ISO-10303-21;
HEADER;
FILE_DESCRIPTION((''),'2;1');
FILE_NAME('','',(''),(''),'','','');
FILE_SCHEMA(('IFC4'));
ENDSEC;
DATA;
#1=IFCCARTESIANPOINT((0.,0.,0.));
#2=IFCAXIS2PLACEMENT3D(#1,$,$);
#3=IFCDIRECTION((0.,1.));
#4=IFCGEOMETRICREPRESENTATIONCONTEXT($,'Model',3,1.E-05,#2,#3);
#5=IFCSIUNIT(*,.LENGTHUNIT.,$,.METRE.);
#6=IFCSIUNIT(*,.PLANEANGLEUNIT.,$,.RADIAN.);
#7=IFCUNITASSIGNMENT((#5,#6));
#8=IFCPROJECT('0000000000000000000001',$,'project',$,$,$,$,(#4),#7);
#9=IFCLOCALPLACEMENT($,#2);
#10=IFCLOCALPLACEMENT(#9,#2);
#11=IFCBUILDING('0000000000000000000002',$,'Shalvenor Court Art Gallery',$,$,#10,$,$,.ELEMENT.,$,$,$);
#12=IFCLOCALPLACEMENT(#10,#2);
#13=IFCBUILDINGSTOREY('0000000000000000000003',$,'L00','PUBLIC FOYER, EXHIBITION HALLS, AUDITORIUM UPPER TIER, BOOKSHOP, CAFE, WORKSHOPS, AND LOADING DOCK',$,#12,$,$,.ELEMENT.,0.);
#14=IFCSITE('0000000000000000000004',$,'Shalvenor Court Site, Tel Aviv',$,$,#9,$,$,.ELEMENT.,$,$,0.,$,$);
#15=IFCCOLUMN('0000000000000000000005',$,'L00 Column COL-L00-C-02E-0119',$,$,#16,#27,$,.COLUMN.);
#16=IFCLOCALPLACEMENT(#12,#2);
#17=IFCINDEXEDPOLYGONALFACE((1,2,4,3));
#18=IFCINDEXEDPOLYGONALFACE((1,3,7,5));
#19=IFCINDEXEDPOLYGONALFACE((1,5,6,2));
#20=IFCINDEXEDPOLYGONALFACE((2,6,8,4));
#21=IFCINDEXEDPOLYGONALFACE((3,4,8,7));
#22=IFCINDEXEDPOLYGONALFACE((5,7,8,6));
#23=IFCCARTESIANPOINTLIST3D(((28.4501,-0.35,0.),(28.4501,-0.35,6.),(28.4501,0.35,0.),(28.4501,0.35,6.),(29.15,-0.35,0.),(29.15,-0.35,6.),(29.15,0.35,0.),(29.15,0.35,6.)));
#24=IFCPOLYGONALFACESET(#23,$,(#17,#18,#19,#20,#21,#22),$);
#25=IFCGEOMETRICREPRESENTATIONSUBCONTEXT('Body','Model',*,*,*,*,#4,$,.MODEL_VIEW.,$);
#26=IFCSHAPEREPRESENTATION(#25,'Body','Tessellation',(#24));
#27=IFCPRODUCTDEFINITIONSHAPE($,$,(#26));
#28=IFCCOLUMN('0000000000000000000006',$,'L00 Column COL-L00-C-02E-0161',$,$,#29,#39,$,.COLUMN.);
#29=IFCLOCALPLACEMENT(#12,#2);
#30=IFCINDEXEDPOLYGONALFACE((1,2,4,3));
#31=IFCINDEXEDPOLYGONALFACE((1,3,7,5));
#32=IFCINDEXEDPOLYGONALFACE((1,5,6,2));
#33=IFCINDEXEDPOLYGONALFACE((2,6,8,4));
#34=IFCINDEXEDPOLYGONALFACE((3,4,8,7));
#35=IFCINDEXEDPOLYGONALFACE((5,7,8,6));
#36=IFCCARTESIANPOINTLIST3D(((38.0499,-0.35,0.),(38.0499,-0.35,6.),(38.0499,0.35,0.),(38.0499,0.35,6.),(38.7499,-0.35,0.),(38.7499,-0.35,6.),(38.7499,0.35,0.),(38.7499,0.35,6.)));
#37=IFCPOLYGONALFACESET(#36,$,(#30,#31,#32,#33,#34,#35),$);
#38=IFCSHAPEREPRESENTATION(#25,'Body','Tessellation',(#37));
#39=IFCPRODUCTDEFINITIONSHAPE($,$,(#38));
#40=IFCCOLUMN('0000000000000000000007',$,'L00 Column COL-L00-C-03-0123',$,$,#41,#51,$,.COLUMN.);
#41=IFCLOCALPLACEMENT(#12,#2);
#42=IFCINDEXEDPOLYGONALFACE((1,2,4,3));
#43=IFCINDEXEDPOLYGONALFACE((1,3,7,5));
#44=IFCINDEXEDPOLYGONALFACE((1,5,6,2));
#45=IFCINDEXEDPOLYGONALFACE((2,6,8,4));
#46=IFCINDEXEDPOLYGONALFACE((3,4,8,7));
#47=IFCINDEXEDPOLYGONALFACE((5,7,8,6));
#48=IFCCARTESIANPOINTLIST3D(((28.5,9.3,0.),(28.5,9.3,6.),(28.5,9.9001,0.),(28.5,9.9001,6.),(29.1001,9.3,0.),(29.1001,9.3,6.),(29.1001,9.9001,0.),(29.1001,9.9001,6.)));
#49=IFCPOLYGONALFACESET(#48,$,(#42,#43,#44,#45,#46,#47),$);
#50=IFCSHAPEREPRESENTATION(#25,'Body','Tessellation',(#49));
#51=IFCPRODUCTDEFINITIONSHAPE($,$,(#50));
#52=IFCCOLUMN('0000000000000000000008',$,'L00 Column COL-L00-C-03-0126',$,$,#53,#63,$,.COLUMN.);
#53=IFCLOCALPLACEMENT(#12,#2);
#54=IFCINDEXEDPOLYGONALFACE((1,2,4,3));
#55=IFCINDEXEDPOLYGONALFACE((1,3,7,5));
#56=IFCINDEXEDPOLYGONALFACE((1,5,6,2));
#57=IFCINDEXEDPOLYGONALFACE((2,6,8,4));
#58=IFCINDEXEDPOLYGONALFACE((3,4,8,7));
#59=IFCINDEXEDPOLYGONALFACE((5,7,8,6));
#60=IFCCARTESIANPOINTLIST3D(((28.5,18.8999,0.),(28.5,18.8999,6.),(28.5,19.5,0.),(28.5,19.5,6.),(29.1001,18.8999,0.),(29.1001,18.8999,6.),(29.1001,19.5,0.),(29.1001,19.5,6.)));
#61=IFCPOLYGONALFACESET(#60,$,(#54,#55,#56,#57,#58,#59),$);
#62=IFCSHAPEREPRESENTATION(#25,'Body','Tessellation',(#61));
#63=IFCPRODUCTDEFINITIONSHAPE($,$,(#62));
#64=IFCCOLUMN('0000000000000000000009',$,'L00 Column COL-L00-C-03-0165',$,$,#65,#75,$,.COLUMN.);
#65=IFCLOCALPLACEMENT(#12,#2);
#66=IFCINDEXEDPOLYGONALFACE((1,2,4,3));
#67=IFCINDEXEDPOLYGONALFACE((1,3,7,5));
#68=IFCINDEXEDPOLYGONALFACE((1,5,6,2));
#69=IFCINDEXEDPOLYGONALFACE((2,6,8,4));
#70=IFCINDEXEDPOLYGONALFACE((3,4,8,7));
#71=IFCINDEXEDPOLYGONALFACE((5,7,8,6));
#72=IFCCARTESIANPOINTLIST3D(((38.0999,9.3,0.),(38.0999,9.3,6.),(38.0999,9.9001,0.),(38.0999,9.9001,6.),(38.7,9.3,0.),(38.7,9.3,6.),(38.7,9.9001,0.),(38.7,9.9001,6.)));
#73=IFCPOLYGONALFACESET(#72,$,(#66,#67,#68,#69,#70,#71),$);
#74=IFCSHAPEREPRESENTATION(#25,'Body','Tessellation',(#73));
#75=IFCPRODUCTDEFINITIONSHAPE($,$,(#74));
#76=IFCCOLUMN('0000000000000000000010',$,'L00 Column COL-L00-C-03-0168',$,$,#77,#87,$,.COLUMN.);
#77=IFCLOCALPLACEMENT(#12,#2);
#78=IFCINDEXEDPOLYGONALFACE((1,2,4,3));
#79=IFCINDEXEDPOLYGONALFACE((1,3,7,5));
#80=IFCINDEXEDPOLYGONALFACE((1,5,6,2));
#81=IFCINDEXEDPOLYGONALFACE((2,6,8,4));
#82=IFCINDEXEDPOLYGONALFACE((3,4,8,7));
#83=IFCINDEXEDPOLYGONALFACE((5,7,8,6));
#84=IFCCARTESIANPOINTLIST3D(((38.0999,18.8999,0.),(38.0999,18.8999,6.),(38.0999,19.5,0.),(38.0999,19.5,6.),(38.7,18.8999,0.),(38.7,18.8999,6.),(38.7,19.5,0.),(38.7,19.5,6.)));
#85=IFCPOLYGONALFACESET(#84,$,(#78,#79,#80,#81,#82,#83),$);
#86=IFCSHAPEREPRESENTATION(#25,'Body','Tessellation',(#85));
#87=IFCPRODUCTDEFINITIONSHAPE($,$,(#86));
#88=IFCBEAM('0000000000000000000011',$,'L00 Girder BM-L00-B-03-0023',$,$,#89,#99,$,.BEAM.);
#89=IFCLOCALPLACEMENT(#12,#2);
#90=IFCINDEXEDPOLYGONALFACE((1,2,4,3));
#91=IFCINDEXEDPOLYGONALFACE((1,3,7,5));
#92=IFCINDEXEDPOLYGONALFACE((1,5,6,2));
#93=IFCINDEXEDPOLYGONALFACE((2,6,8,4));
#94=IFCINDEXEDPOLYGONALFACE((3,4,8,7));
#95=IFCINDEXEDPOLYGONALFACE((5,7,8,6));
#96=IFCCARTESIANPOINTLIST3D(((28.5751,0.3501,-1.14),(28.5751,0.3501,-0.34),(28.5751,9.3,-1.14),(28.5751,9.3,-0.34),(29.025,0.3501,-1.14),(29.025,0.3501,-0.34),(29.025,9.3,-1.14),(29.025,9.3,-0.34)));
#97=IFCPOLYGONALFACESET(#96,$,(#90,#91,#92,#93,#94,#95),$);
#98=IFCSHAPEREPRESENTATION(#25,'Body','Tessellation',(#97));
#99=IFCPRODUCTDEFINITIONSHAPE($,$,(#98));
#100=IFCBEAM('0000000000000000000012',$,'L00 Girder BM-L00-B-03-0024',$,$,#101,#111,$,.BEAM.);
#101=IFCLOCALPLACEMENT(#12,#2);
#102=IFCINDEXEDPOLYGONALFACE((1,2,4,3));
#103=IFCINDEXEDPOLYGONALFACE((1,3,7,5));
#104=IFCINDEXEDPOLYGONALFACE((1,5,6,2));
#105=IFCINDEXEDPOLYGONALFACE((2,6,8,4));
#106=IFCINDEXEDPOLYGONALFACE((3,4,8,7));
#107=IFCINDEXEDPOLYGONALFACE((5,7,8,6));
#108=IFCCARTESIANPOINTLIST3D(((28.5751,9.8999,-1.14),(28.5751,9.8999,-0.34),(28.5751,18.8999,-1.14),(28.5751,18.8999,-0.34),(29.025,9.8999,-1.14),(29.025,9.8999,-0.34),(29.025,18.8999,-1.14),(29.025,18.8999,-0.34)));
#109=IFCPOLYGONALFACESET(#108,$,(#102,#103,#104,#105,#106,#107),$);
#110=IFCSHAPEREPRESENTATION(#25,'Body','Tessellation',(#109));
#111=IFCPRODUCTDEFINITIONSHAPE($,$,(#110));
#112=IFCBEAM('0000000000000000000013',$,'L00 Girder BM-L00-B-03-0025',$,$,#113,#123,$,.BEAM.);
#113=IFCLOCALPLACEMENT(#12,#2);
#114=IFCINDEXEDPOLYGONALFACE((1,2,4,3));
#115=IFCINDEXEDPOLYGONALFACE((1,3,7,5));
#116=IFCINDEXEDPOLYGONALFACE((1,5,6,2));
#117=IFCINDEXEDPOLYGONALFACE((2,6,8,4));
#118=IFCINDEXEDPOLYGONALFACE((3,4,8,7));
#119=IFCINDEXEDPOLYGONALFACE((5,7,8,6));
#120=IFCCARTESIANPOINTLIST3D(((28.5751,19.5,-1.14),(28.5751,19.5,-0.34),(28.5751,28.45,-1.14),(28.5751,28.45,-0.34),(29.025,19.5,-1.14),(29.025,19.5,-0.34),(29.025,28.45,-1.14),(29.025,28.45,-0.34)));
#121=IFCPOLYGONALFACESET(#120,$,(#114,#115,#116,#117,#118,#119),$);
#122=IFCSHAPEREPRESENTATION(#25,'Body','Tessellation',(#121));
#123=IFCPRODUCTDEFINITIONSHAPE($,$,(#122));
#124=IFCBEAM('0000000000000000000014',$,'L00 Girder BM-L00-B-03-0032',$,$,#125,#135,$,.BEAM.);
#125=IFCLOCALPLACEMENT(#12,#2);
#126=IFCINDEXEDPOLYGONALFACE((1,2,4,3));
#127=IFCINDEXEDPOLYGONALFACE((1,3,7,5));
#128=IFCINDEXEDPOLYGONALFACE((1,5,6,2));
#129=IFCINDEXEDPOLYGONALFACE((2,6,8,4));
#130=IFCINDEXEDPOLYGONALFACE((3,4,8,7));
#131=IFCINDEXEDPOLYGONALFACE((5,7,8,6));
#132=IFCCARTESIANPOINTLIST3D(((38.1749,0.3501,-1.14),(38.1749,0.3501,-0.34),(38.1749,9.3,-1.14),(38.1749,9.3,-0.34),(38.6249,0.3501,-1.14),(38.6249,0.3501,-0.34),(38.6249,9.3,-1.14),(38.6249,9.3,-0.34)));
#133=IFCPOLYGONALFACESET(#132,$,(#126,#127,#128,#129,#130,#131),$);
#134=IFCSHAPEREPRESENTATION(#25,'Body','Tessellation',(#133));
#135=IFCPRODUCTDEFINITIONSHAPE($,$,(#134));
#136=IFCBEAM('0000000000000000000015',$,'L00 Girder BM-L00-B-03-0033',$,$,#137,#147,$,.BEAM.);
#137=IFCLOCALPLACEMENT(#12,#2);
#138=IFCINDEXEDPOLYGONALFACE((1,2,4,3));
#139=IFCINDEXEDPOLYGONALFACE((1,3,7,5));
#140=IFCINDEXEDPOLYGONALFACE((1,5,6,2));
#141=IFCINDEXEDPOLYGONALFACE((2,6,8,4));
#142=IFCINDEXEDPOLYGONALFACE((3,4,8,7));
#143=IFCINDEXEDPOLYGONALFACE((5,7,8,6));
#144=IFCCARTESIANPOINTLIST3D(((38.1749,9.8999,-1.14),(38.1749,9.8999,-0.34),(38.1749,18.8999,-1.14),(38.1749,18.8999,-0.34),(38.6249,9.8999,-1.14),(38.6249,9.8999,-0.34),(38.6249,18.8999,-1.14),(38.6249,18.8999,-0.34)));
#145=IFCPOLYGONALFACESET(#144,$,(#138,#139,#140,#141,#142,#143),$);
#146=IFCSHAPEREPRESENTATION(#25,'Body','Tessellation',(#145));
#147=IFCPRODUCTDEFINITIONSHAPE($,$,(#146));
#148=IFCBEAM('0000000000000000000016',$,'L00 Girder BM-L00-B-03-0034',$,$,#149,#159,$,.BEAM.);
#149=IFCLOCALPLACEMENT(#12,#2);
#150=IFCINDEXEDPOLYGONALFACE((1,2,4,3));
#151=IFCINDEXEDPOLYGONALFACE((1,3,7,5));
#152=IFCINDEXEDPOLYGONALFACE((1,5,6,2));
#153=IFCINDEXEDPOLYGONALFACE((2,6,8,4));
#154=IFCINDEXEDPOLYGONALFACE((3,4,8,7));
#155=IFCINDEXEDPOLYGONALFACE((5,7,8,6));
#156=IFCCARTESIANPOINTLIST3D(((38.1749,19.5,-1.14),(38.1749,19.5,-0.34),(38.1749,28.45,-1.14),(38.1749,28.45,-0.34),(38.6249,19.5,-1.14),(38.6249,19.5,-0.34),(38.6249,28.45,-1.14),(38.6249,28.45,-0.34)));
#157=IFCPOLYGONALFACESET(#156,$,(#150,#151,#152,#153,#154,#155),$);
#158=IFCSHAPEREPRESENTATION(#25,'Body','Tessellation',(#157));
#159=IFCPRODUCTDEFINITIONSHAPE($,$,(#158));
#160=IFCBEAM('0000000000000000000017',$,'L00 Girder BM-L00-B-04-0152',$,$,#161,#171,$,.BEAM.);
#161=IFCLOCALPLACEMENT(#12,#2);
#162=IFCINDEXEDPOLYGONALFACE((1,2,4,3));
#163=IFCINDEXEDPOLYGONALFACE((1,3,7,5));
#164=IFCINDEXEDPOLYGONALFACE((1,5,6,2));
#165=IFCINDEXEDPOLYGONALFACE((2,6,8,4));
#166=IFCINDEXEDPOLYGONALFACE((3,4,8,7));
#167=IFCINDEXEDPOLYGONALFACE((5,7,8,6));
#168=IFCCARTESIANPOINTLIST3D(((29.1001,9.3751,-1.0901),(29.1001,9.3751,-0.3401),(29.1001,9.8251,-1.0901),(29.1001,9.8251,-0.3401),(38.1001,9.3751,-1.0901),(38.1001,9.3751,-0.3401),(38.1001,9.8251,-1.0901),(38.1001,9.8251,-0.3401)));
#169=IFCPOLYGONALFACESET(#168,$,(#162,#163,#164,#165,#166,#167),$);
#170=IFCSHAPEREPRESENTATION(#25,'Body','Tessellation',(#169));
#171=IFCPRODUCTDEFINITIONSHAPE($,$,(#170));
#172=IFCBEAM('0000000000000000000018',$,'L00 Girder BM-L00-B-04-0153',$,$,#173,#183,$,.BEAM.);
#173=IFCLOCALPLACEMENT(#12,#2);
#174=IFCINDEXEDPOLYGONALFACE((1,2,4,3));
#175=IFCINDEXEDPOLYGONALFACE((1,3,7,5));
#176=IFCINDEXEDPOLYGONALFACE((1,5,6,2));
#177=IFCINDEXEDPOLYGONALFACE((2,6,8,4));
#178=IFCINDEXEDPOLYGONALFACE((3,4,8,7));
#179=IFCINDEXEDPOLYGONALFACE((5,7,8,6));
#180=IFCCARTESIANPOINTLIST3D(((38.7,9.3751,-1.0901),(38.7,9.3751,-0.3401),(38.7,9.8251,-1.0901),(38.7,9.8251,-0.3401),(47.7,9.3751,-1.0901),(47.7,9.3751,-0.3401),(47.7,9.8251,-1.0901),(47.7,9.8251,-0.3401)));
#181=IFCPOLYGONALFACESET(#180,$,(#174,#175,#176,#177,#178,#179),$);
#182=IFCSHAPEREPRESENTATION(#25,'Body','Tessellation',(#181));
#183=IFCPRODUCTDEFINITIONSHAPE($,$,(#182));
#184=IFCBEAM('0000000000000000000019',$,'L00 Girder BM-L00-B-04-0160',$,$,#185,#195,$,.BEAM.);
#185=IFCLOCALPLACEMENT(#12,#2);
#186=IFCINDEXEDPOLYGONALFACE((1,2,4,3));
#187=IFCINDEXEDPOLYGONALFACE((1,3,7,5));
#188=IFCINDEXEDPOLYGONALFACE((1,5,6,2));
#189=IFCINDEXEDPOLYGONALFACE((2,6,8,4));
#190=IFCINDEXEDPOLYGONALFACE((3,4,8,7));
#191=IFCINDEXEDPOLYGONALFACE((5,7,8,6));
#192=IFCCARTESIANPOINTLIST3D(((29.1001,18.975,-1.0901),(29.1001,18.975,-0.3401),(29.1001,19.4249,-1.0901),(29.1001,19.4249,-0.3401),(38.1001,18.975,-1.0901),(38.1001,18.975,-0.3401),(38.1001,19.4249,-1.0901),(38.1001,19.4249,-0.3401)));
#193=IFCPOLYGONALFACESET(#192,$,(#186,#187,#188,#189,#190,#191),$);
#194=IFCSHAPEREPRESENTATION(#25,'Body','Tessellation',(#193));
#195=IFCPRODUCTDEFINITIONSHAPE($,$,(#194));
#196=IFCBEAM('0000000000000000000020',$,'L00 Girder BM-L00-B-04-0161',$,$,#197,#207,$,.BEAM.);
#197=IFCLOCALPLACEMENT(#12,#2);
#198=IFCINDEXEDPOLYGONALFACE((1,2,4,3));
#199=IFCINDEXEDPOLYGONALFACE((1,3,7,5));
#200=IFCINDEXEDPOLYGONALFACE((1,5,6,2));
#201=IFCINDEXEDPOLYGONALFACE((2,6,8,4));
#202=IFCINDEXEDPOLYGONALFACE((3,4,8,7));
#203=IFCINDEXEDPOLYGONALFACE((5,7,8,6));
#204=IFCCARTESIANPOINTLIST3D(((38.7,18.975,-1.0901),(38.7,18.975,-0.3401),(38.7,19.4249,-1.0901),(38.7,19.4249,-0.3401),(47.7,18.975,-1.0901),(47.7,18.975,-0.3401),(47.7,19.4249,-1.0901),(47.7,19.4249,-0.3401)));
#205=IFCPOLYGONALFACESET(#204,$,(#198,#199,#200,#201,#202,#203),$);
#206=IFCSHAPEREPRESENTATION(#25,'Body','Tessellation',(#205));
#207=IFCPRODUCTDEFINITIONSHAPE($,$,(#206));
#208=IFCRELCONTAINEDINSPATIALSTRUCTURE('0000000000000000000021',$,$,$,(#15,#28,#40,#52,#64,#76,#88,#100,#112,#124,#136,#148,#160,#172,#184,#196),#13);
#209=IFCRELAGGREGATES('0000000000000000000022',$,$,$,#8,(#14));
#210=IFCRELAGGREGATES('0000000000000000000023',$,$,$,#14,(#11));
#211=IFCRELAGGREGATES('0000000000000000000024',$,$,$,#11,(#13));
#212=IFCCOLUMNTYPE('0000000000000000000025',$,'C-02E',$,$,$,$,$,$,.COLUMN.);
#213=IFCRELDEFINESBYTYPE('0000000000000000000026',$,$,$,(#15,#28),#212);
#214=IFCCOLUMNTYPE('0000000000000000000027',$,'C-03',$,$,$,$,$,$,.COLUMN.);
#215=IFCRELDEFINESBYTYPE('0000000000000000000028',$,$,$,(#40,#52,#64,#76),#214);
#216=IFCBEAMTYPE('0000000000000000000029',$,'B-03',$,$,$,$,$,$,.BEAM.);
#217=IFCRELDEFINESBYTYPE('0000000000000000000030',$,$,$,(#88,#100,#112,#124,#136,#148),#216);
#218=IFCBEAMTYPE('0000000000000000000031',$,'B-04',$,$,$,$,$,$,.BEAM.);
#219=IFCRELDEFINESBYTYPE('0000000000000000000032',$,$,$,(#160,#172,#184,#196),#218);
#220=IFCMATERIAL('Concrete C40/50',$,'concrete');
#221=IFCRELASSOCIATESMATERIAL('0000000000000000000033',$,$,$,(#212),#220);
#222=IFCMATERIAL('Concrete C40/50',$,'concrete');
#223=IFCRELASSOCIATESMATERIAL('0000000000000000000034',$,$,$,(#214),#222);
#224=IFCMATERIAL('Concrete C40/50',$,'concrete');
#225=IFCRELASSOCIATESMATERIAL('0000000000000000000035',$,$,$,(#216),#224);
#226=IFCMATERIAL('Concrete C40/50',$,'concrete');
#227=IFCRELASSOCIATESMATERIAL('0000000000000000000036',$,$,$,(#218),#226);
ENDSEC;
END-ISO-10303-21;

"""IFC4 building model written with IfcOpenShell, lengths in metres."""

from ifc_helpers import new_model, si_unit, direction, frame, origin, origin_2d, place, context, subcontext, project, spatial, rectangle, extrude, material, material_profile, profile_set, type_object, element, save


model = new_model("IFC4")

# Units and contexts
model_context = context("Model", 3, precision=1e-05, world=origin(), true_north=direction((0.0, 1.0)))
body_context = subcontext(model_context, "Body", "Model", "MODEL_VIEW")
ifc_project = project(units=[si_unit("LENGTHUNIT", "METRE"), si_unit("PLANEANGLEUNIT", "RADIAN")], contexts=[model_context])

# Site, building, storey
site_placement = place(None, origin())
site = spatial("IfcSite", under=ifc_project, at=site_placement, Name="Shalvenor Court Site, Tel Aviv", CompositionType="ELEMENT", RefElevation=0.0)
building_placement = place(site_placement, origin())
building = spatial("IfcBuilding", under=site, at=building_placement, Name="Shalvenor Court Art Gallery", CompositionType="ELEMENT")
storey_placement = place(building_placement, origin())
storey = spatial("IfcBuildingStorey", under=building, at=storey_placement, Name="L00", Description="PUBLIC FOYER, EXHIBITION HALLS, AUDITORIUM UPPER TIER, BOOKSHOP, CAFE, WORKSHOPS, AND LOADING DOCK", CompositionType="ELEMENT", Elevation=0.0)

# Columns
ifc_material_1 = material(Name="Concrete C40/50", Category="concrete")
ifc_material_profile_1 = material_profile(ifc_material_1, rectangle(XDim=0.7, YDim=0.7, at=origin_2d()), Name="RC 700x700")
ifc_profile_set_1 = profile_set([ifc_material_profile_1], Name="Concrete C40/50")
column_type_1 = type_object("IfcColumnType", Name="C-02E", PredefinedType="COLUMN", material=ifc_profile_set_1)
for number, where, z_axis, x_axis, name in (
    (1, (28.8, 0.0, 0.0), (0.0, 0.0, 1.0), (1.0, 0.0, 0.0), "L00 Column COL-L00-C-02E-0119"),
    (2, (38.3999, 0.0, 0.0), (0.0, 0.0, 1.0), (1.0, 0.0, 0.0), "L00 Column COL-L00-C-02E-0161"),
):
    element("IfcColumn", number, at=place(storey_placement, frame(where, z_axis=z_axis, x_axis=x_axis)), inside=storey, type_object=column_type_1, Name=name, PredefinedType="COLUMN", context=body_context, shape_type="SweptSolid", body=[
        extrude(rectangle(XDim=0.7, YDim=0.7, at=origin_2d()), origin(), (0.0, 0.0, 1.0), 6.0),
    ])
ifc_material_2 = material(Name="Concrete C40/50", Category="concrete")
ifc_material_profile_2 = material_profile(ifc_material_2, rectangle(XDim=0.6001, YDim=0.6001, at=origin_2d()), Name="RC 600x600")
ifc_profile_set_2 = profile_set([ifc_material_profile_2], Name="Concrete C40/50")
column_type_2 = type_object("IfcColumnType", Name="C-03", PredefinedType="COLUMN", material=ifc_profile_set_2)
for number, where, z_axis, x_axis, name in (
    (3, (28.8, 9.6001, 0.0), (0.0, 0.0, 1.0), (1.0, 0.0, 0.0), "L00 Column COL-L00-C-03-0123"),
    (4, (28.8, 19.2, 0.0), (0.0, 0.0, 1.0), (1.0, 0.0, 0.0), "L00 Column COL-L00-C-03-0126"),
    (5, (38.3999, 9.6001, 0.0), (0.0, 0.0, 1.0), (1.0, 0.0, 0.0), "L00 Column COL-L00-C-03-0165"),
    (6, (38.3999, 19.2, 0.0), (0.0, 0.0, 1.0), (1.0, 0.0, 0.0), "L00 Column COL-L00-C-03-0168"),
):
    element("IfcColumn", number, at=place(storey_placement, frame(where, z_axis=z_axis, x_axis=x_axis)), inside=storey, type_object=column_type_2, Name=name, PredefinedType="COLUMN", context=body_context, shape_type="SweptSolid", body=[
        extrude(rectangle(XDim=0.6001, YDim=0.6001, at=origin_2d()), origin(), (0.0, 0.0, 1.0), 6.0),
    ])

# Beams
ifc_material_3 = material(Name="Concrete C40/50", Category="concrete")
ifc_material_profile_3 = material_profile(ifc_material_3, rectangle(XDim=0.45, YDim=0.8, at=origin_2d()), Name="RC 450x800")
ifc_profile_set_3 = profile_set([ifc_material_profile_3], Name="Concrete C40/50")
beam_type_1 = type_object("IfcBeamType", Name="B-03", PredefinedType="BEAM", material=ifc_profile_set_3)
beam_1_placement = place(storey_placement, frame((28.8, 0.3501, -0.74), z_axis=(0.0, 1.0, 0.0), x_axis=(-1.0, 0.0, 0.0)))
element("IfcBeam", 7, at=beam_1_placement, inside=storey, type_object=beam_type_1, Name="L00 Girder BM-L00-B-03-0023", PredefinedType="BEAM", context=body_context, shape_type="SweptSolid", body=[
    extrude(rectangle(XDim=0.45, YDim=0.8, at=origin_2d()), origin(), (0.0, 0.0, 1.0), 8.95),
])
beam_2_placement = place(storey_placement, frame((28.8, 9.8999, -0.74), z_axis=(0.0, 1.0, 0.0), x_axis=(-1.0, 0.0, 0.0)))
element("IfcBeam", 8, at=beam_2_placement, inside=storey, type_object=beam_type_1, Name="L00 Girder BM-L00-B-03-0024", PredefinedType="BEAM", context=body_context, shape_type="SweptSolid", body=[
    extrude(rectangle(XDim=0.45, YDim=0.8, at=origin_2d()), origin(), (0.0, 0.0, 1.0), 9.0),
])
for number, where, z_axis, x_axis, name in (
    (9, (28.8, 19.5, -0.74), (0.0, 1.0, 0.0), (-1.0, 0.0, 0.0), "L00 Girder BM-L00-B-03-0025"),
    (10, (38.3999, 0.3501, -0.74), (0.0, 1.0, 0.0), (-1.0, 0.0, 0.0), "L00 Girder BM-L00-B-03-0032"),
):
    element("IfcBeam", number, at=place(storey_placement, frame(where, z_axis=z_axis, x_axis=x_axis)), inside=storey, type_object=beam_type_1, Name=name, PredefinedType="BEAM", context=body_context, shape_type="SweptSolid", body=[
        extrude(rectangle(XDim=0.45, YDim=0.8, at=origin_2d()), origin(), (0.0, 0.0, 1.0), 8.95),
    ])
beam_3_placement = place(storey_placement, frame((38.3999, 9.8999, -0.74), z_axis=(0.0, 1.0, 0.0), x_axis=(-1.0, 0.0, 0.0)))
element("IfcBeam", 11, at=beam_3_placement, inside=storey, type_object=beam_type_1, Name="L00 Girder BM-L00-B-03-0033", PredefinedType="BEAM", context=body_context, shape_type="SweptSolid", body=[
    extrude(rectangle(XDim=0.45, YDim=0.8, at=origin_2d()), origin(), (0.0, 0.0, 1.0), 9.0),
])
beam_4_placement = place(storey_placement, frame((38.3999, 19.5, -0.74), z_axis=(0.0, 1.0, 0.0), x_axis=(-1.0, 0.0, 0.0)))
element("IfcBeam", 12, at=beam_4_placement, inside=storey, type_object=beam_type_1, Name="L00 Girder BM-L00-B-03-0034", PredefinedType="BEAM", context=body_context, shape_type="SweptSolid", body=[
    extrude(rectangle(XDim=0.45, YDim=0.8, at=origin_2d()), origin(), (0.0, 0.0, 1.0), 8.95),
])
ifc_material_4 = material(Name="Concrete C40/50", Category="concrete")
ifc_material_profile_4 = material_profile(ifc_material_4, rectangle(XDim=0.45, YDim=0.75, at=origin_2d()), Name="RC 450x750")
ifc_profile_set_4 = profile_set([ifc_material_profile_4], Name="Concrete C40/50")
beam_type_2 = type_object("IfcBeamType", Name="B-04", PredefinedType="BEAM", material=ifc_profile_set_4)
for number, where, z_axis, x_axis, name in (
    (13, (29.1001, 9.6001, -0.7151), (1.0, 0.0, 0.0), (0.0, 1.0, 0.0), "L00 Girder BM-L00-B-04-0152"),
    (14, (38.7, 9.6001, -0.7151), (1.0, 0.0, 0.0), (0.0, 1.0, 0.0), "L00 Girder BM-L00-B-04-0153"),
    (15, (29.1001, 19.2, -0.7151), (1.0, 0.0, 0.0), (0.0, 1.0, 0.0), "L00 Girder BM-L00-B-04-0160"),
    (16, (38.7, 19.2, -0.7151), (1.0, 0.0, 0.0), (0.0, 1.0, 0.0), "L00 Girder BM-L00-B-04-0161"),
):
    element("IfcBeam", number, at=place(storey_placement, frame(where, z_axis=z_axis, x_axis=x_axis)), inside=storey, type_object=beam_type_2, Name=name, PredefinedType="BEAM", context=body_context, shape_type="SweptSolid", body=[
        extrude(rectangle(XDim=0.45, YDim=0.75, at=origin_2d()), origin(), (0.0, 0.0, 1.0), 9.0),
    ])

save(model, "model.ifc")
